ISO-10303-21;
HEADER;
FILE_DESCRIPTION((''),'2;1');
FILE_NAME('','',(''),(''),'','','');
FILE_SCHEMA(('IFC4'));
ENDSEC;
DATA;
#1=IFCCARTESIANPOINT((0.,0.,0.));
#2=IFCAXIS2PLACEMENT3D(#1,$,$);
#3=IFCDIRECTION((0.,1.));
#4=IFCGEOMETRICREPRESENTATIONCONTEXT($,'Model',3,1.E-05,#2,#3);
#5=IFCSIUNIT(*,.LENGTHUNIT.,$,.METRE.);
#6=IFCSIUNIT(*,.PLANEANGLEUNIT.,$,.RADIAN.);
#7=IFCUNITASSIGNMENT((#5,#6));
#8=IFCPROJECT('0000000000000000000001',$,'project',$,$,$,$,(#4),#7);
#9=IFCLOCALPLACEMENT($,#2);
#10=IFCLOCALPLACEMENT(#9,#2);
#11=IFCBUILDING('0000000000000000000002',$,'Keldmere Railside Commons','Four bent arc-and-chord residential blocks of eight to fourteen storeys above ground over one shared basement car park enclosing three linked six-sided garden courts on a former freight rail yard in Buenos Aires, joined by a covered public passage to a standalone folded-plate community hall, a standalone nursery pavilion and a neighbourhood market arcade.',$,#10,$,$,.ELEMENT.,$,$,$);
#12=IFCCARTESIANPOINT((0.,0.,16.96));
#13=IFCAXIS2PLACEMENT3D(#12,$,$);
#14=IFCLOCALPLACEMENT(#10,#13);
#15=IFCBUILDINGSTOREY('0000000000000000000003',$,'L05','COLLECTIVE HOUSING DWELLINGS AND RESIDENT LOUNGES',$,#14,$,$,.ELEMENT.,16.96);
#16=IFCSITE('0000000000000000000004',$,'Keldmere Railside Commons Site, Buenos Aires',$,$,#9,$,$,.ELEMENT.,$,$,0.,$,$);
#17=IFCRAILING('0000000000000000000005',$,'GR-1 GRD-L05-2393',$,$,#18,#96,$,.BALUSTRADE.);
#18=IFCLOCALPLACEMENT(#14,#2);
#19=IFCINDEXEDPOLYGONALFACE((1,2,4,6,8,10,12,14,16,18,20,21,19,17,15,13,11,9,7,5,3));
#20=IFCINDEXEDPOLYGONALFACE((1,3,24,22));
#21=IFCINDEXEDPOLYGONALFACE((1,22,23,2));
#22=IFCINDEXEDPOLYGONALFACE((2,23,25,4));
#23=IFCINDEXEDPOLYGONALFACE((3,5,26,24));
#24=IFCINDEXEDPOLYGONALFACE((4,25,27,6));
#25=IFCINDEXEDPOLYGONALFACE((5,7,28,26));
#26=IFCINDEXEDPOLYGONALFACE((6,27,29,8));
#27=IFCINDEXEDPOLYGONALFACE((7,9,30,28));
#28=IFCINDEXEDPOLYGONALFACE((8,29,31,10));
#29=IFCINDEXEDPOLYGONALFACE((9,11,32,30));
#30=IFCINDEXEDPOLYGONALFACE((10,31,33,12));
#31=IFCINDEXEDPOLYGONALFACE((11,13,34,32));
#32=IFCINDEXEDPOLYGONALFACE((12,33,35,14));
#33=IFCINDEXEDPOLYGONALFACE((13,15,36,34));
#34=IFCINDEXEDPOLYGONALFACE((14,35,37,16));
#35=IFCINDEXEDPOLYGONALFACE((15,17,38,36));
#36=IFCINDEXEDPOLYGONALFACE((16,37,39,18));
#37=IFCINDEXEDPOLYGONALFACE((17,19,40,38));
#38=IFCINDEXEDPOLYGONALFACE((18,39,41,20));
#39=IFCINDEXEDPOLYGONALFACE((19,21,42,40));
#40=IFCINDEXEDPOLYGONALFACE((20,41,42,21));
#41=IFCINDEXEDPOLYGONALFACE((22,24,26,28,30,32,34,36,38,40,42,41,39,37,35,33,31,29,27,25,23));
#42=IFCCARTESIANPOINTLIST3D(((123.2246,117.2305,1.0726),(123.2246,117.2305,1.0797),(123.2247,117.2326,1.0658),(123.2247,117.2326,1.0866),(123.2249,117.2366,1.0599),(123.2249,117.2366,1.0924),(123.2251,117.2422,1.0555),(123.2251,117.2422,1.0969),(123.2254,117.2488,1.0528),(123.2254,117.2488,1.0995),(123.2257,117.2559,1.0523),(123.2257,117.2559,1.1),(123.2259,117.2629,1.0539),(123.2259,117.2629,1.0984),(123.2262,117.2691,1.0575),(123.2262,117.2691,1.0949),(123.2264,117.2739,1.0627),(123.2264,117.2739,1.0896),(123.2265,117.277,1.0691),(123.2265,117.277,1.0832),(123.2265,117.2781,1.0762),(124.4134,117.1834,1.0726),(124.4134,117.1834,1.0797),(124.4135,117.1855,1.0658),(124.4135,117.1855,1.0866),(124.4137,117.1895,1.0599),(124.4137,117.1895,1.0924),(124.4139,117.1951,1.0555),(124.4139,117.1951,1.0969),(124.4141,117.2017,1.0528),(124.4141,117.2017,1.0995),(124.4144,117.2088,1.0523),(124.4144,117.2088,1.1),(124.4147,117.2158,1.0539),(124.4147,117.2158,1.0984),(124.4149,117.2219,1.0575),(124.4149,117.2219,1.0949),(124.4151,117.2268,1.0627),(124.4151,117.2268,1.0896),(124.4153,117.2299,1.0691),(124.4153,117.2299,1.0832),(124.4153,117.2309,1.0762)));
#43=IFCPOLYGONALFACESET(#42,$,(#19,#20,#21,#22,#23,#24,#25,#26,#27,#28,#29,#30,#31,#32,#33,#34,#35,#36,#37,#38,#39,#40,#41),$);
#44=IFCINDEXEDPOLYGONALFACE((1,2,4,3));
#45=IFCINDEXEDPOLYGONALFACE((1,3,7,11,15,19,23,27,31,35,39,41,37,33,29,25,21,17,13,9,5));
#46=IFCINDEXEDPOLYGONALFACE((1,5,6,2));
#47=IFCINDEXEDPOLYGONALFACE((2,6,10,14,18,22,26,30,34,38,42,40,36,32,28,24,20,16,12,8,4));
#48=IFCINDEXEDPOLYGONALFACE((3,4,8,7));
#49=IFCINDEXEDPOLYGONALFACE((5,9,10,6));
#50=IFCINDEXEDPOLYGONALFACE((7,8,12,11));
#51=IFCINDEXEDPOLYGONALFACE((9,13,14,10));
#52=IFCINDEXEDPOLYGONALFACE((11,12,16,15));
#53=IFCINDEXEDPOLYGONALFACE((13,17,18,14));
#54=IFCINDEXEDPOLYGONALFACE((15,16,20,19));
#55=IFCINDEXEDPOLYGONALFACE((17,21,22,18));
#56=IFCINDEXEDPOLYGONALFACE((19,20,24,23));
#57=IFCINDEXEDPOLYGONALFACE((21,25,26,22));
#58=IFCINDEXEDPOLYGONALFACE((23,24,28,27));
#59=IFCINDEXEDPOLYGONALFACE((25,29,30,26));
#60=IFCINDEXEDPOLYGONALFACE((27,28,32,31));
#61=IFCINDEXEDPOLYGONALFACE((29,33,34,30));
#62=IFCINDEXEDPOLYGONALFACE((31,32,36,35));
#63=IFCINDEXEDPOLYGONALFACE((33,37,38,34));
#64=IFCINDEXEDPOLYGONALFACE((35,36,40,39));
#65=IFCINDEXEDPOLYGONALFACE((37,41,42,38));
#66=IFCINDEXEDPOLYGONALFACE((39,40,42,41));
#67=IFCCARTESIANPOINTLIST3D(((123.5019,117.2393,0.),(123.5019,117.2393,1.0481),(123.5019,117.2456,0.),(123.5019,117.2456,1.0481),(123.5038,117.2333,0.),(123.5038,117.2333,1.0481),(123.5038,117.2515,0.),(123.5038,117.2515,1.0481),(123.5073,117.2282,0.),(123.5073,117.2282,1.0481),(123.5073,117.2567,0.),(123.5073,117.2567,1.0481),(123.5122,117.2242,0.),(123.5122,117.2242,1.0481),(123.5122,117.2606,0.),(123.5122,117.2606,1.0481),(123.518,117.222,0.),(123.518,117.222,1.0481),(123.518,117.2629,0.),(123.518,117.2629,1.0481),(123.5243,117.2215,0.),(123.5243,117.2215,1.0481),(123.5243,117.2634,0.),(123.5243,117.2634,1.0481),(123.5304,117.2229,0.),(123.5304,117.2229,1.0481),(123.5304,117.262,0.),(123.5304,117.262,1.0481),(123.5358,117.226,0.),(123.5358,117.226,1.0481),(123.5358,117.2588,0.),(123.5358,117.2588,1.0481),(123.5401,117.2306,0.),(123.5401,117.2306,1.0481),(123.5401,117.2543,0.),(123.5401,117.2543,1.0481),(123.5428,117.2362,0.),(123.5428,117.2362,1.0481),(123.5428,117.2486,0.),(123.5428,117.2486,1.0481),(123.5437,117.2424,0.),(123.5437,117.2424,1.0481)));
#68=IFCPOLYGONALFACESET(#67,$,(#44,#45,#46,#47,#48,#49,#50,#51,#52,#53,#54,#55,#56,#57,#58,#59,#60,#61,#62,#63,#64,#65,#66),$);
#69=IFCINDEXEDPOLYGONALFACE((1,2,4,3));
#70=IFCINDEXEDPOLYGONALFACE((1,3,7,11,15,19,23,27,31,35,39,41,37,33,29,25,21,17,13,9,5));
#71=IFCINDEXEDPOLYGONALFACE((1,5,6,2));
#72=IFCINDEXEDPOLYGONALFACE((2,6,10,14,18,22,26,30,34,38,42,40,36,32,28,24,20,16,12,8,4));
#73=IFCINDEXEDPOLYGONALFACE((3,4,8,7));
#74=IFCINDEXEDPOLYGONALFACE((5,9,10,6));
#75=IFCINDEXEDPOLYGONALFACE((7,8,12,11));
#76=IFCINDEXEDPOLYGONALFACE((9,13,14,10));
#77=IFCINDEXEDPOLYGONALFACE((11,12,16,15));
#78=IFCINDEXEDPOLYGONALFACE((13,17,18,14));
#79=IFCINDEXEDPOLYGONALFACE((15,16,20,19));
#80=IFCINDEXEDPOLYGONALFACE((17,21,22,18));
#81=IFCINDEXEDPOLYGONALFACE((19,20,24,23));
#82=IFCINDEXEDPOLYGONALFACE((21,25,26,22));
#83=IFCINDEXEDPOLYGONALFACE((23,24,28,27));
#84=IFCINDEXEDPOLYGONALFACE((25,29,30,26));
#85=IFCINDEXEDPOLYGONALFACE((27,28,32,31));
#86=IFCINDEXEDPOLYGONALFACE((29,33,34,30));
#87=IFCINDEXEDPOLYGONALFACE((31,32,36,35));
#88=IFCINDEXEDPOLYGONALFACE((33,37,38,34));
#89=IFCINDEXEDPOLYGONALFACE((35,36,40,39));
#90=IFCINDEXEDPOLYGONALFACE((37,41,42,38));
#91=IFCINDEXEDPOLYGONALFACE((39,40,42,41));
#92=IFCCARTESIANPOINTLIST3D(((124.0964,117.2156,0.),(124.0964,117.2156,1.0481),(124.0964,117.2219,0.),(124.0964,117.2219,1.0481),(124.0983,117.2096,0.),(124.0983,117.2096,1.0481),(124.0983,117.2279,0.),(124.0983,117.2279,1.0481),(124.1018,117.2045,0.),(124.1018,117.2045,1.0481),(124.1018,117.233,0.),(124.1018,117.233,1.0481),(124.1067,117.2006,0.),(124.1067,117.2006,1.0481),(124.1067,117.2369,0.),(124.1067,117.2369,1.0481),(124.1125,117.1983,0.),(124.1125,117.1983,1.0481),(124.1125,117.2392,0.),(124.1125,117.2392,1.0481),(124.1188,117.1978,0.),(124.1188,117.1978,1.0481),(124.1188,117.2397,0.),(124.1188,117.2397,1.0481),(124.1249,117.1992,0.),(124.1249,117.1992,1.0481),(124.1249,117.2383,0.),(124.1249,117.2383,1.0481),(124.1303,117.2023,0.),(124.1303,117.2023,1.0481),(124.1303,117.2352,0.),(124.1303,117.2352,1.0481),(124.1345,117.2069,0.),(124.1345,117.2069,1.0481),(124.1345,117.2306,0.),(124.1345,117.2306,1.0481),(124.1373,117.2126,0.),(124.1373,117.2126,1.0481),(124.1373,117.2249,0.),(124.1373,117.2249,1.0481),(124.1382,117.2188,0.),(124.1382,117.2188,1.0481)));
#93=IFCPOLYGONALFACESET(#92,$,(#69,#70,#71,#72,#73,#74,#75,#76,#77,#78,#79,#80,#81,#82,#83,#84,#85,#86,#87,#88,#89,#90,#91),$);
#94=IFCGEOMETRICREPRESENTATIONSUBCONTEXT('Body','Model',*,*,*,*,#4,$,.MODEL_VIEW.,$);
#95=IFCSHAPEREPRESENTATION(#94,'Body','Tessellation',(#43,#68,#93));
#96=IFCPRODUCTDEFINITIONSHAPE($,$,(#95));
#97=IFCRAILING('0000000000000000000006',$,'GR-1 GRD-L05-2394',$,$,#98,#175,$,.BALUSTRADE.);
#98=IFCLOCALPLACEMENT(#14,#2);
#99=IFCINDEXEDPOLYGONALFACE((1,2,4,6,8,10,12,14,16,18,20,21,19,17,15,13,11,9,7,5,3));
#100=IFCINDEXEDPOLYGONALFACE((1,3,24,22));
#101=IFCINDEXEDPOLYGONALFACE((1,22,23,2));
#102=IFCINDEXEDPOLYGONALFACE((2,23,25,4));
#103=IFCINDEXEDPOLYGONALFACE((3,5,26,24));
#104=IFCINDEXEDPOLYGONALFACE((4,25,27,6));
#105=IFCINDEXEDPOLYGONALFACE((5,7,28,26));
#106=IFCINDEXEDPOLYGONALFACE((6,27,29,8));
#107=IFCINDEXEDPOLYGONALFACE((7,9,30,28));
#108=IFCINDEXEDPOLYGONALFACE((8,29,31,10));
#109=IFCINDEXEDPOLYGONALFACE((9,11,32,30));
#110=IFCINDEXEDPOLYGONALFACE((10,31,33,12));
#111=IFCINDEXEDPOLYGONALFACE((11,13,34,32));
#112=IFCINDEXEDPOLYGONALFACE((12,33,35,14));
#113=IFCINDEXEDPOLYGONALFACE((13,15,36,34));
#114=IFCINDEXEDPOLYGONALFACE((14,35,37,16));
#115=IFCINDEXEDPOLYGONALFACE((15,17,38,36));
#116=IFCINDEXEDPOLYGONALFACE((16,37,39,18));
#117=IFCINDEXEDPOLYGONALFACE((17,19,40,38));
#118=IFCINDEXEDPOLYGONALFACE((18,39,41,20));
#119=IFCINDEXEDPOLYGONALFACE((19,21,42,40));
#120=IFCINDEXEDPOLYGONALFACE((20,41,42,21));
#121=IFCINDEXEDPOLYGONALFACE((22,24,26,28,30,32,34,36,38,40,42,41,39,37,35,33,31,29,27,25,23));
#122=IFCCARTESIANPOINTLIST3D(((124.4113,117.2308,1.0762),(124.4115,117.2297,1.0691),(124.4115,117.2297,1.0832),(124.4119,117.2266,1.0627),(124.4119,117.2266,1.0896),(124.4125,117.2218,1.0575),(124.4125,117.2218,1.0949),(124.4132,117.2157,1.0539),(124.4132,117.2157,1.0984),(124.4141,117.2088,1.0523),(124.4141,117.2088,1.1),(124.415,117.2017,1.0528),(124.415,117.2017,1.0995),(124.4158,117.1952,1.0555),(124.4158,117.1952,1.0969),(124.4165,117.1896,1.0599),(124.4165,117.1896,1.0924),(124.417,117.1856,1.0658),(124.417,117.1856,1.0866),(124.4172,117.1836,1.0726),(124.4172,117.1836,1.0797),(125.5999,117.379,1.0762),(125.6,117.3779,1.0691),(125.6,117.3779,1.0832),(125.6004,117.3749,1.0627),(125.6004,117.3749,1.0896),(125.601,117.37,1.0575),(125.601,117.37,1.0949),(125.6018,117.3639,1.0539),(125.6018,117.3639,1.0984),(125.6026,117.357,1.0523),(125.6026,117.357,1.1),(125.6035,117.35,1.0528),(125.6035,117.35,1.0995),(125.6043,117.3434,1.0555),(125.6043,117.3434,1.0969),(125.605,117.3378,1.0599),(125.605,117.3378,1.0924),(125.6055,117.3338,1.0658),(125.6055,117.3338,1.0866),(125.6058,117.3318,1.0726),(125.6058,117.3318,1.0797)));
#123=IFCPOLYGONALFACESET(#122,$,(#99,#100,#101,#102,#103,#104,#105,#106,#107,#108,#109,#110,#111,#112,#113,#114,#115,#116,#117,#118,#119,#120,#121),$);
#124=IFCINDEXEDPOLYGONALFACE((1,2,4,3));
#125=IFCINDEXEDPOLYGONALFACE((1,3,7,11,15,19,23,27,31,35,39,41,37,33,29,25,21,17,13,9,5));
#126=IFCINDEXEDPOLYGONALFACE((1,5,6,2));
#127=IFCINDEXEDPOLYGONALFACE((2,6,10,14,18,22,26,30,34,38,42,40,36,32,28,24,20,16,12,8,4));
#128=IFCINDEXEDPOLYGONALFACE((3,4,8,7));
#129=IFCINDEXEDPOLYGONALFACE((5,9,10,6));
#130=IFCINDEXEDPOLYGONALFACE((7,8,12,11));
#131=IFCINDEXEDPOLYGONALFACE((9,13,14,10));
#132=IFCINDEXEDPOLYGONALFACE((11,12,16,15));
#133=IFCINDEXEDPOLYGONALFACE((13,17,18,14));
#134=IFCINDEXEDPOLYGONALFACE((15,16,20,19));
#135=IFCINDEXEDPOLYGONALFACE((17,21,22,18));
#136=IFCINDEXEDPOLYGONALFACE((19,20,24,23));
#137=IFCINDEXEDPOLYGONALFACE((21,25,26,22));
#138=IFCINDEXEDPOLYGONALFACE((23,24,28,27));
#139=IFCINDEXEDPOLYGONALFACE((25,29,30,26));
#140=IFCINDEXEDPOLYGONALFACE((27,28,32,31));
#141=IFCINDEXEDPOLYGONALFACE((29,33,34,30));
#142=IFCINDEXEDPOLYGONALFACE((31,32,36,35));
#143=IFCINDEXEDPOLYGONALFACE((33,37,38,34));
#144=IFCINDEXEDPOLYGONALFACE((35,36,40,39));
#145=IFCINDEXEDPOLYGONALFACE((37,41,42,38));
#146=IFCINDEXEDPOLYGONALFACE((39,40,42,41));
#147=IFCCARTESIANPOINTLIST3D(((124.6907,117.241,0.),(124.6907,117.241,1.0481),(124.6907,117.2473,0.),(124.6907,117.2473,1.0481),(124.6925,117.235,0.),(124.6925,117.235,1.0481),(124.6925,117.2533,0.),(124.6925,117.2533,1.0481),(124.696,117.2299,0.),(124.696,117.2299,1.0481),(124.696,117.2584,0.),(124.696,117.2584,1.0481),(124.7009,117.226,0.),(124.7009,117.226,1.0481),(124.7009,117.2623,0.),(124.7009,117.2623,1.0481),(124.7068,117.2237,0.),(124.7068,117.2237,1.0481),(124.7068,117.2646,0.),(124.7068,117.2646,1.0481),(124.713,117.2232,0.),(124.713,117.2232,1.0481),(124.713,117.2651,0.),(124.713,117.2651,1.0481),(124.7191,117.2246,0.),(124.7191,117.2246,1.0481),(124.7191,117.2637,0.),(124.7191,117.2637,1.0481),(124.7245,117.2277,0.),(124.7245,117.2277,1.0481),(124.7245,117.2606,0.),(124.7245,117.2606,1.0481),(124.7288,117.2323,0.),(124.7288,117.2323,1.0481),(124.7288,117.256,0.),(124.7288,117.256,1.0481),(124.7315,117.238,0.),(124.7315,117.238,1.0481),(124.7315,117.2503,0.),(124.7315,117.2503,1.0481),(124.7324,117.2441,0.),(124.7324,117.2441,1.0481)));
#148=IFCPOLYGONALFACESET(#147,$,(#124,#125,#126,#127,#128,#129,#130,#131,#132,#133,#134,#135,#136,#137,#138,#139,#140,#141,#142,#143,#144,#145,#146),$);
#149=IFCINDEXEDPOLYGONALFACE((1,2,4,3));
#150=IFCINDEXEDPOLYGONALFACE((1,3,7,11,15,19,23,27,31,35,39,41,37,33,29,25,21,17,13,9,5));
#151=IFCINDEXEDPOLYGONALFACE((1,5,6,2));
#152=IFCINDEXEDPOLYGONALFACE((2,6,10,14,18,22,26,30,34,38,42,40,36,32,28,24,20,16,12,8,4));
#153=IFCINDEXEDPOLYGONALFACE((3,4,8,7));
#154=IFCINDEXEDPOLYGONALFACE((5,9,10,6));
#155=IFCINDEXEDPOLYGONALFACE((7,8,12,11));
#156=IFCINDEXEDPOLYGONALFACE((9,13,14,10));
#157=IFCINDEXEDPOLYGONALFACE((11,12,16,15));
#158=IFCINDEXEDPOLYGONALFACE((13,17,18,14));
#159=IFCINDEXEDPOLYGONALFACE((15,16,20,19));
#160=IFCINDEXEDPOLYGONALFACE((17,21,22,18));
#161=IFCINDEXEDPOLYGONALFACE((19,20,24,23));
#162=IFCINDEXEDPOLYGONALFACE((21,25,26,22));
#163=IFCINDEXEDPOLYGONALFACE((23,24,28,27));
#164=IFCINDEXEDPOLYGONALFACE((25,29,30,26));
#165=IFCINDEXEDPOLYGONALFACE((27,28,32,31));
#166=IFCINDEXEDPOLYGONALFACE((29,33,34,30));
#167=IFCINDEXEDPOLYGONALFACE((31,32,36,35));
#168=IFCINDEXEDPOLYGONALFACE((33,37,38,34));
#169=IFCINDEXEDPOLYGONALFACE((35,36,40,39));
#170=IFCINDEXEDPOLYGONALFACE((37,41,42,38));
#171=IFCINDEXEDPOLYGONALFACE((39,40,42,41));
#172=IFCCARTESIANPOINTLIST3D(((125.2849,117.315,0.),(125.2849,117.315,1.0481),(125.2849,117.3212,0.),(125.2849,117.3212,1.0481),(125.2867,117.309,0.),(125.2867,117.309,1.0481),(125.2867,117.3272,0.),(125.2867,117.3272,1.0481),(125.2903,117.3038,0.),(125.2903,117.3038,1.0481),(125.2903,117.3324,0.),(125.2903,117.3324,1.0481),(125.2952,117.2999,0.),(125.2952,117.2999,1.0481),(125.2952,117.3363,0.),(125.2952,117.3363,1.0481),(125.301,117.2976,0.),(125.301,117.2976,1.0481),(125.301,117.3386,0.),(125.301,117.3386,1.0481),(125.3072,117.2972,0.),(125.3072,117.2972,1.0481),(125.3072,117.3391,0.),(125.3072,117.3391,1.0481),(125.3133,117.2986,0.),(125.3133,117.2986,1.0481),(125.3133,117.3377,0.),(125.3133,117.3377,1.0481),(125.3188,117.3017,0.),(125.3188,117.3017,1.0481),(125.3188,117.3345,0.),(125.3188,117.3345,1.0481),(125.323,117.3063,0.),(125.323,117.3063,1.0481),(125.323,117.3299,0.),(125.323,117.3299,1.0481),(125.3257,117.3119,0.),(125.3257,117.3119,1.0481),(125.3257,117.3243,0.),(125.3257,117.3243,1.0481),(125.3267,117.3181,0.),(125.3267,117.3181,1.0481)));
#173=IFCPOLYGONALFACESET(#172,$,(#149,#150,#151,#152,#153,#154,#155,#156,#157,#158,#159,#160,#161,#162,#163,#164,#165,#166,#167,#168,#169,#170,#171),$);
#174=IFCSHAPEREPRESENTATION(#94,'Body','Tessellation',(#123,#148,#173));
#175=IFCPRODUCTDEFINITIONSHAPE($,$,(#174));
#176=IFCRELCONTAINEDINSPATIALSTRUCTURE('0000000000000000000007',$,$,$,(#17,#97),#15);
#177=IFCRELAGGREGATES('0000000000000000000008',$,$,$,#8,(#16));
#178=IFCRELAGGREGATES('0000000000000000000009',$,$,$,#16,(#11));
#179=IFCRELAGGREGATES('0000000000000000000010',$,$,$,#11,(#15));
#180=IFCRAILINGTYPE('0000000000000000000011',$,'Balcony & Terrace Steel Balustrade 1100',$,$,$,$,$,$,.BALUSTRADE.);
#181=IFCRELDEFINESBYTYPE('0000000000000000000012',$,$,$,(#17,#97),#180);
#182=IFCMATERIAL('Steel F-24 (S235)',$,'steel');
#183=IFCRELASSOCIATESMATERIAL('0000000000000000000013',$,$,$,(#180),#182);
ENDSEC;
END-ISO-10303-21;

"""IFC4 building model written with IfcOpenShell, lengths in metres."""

from ifc_helpers import new_model, si_unit, direction, frame, origin, origin_2d, place, context, subcontext, project, spatial, circle, extrude, material, type_object, element, save


model = new_model("IFC4")

# Units and contexts
model_context = context("Model", 3, precision=1e-05, world=origin(), true_north=direction((0.0, 1.0)))
body_context = subcontext(model_context, "Body", "Model", "MODEL_VIEW")
ifc_project = project(units=[si_unit("LENGTHUNIT", "METRE"), si_unit("PLANEANGLEUNIT", "RADIAN")], contexts=[model_context])

# Site, building, storey
site_placement = place(None, origin())
site = spatial("IfcSite", under=ifc_project, at=site_placement, Name="Keldmere Railside Commons Site, Buenos Aires", CompositionType="ELEMENT", RefElevation=0.0)
building_placement = place(site_placement, origin())
building = spatial("IfcBuilding", under=site, at=building_placement, Name="Keldmere Railside Commons", Description="Four bent arc-and-chord residential blocks of eight to fourteen storeys above ground over one shared basement car park enclosing three linked six-sided garden courts on a former freight rail yard in Buenos Aires, joined by a covered public passage to a standalone folded-plate community hall, a standalone nursery pavilion and a neighbourhood market arcade.", CompositionType="ELEMENT")
storey_placement = place(building_placement, frame((0.0, 0.0, 16.96)))
storey = spatial("IfcBuildingStorey", under=building, at=storey_placement, Name="L05", Description="COLLECTIVE HOUSING DWELLINGS AND RESIDENT LOUNGES", CompositionType="ELEMENT", Elevation=16.96)

# Railings
ifc_material_1 = material(Name="Steel F-24 (S235)", Category="steel")
railing_type = type_object("IfcRailingType", Name="Balcony & Terrace Steel Balustrade 1100", PredefinedType="BALUSTRADE", material=ifc_material_1)
railing_1_placement = place(storey_placement, frame((123.2256, 117.2542, 0.0)))
element("IfcRailing", 1, at=railing_1_placement, inside=storey, type_object=railing_type, Name="GR-1 GRD-L05-2393", PredefinedType="BALUSTRADE", context=body_context, shape_type="SweptSolid", body=[
    extrude(circle(Radius=0.0239, at=origin_2d()), frame((0.0, 0.0, 1.0762), z_axis=(0.999215, -0.039607, 0.0), x_axis=(0.039607, 0.999215, 0.0)), (0.0, 0.0, 1.0), 1.1897),
    extrude(circle(Radius=0.021, at=origin_2d()), frame((0.2971, -0.0117, 0.0)), (0.0, 0.0, 1.0), 1.0481),
    extrude(circle(Radius=0.021, at=origin_2d()), frame((0.8916, -0.0354, 0.0)), (0.0, 0.0, 1.0), 1.0481),
])
railing_2_placement = place(storey_placement, frame((124.4143, 117.207, 0.0)))
element("IfcRailing", 2, at=railing_2_placement, inside=storey, type_object=railing_type, Name="GR-1 GRD-L05-2394", PredefinedType="BALUSTRADE", context=body_context, shape_type="SweptSolid", body=[
    extrude(circle(Radius=0.0239, at=origin_2d()), frame((0.0, 0.0, 1.0762), z_axis=(0.992315, 0.123734, 0.0), x_axis=(-0.123734, 0.992315, 0.0)), (0.0, 0.0, 1.0), 1.1978),
    extrude(circle(Radius=0.021, at=origin_2d()), frame((0.2971, 0.0371, 0.0)), (0.0, 0.0, 1.0), 1.0481),
    extrude(circle(Radius=0.021, at=origin_2d()), frame((0.8914, 0.1111, 0.0)), (0.0, 0.0, 1.0), 1.0481),
])

save(model, "model.ifc")
